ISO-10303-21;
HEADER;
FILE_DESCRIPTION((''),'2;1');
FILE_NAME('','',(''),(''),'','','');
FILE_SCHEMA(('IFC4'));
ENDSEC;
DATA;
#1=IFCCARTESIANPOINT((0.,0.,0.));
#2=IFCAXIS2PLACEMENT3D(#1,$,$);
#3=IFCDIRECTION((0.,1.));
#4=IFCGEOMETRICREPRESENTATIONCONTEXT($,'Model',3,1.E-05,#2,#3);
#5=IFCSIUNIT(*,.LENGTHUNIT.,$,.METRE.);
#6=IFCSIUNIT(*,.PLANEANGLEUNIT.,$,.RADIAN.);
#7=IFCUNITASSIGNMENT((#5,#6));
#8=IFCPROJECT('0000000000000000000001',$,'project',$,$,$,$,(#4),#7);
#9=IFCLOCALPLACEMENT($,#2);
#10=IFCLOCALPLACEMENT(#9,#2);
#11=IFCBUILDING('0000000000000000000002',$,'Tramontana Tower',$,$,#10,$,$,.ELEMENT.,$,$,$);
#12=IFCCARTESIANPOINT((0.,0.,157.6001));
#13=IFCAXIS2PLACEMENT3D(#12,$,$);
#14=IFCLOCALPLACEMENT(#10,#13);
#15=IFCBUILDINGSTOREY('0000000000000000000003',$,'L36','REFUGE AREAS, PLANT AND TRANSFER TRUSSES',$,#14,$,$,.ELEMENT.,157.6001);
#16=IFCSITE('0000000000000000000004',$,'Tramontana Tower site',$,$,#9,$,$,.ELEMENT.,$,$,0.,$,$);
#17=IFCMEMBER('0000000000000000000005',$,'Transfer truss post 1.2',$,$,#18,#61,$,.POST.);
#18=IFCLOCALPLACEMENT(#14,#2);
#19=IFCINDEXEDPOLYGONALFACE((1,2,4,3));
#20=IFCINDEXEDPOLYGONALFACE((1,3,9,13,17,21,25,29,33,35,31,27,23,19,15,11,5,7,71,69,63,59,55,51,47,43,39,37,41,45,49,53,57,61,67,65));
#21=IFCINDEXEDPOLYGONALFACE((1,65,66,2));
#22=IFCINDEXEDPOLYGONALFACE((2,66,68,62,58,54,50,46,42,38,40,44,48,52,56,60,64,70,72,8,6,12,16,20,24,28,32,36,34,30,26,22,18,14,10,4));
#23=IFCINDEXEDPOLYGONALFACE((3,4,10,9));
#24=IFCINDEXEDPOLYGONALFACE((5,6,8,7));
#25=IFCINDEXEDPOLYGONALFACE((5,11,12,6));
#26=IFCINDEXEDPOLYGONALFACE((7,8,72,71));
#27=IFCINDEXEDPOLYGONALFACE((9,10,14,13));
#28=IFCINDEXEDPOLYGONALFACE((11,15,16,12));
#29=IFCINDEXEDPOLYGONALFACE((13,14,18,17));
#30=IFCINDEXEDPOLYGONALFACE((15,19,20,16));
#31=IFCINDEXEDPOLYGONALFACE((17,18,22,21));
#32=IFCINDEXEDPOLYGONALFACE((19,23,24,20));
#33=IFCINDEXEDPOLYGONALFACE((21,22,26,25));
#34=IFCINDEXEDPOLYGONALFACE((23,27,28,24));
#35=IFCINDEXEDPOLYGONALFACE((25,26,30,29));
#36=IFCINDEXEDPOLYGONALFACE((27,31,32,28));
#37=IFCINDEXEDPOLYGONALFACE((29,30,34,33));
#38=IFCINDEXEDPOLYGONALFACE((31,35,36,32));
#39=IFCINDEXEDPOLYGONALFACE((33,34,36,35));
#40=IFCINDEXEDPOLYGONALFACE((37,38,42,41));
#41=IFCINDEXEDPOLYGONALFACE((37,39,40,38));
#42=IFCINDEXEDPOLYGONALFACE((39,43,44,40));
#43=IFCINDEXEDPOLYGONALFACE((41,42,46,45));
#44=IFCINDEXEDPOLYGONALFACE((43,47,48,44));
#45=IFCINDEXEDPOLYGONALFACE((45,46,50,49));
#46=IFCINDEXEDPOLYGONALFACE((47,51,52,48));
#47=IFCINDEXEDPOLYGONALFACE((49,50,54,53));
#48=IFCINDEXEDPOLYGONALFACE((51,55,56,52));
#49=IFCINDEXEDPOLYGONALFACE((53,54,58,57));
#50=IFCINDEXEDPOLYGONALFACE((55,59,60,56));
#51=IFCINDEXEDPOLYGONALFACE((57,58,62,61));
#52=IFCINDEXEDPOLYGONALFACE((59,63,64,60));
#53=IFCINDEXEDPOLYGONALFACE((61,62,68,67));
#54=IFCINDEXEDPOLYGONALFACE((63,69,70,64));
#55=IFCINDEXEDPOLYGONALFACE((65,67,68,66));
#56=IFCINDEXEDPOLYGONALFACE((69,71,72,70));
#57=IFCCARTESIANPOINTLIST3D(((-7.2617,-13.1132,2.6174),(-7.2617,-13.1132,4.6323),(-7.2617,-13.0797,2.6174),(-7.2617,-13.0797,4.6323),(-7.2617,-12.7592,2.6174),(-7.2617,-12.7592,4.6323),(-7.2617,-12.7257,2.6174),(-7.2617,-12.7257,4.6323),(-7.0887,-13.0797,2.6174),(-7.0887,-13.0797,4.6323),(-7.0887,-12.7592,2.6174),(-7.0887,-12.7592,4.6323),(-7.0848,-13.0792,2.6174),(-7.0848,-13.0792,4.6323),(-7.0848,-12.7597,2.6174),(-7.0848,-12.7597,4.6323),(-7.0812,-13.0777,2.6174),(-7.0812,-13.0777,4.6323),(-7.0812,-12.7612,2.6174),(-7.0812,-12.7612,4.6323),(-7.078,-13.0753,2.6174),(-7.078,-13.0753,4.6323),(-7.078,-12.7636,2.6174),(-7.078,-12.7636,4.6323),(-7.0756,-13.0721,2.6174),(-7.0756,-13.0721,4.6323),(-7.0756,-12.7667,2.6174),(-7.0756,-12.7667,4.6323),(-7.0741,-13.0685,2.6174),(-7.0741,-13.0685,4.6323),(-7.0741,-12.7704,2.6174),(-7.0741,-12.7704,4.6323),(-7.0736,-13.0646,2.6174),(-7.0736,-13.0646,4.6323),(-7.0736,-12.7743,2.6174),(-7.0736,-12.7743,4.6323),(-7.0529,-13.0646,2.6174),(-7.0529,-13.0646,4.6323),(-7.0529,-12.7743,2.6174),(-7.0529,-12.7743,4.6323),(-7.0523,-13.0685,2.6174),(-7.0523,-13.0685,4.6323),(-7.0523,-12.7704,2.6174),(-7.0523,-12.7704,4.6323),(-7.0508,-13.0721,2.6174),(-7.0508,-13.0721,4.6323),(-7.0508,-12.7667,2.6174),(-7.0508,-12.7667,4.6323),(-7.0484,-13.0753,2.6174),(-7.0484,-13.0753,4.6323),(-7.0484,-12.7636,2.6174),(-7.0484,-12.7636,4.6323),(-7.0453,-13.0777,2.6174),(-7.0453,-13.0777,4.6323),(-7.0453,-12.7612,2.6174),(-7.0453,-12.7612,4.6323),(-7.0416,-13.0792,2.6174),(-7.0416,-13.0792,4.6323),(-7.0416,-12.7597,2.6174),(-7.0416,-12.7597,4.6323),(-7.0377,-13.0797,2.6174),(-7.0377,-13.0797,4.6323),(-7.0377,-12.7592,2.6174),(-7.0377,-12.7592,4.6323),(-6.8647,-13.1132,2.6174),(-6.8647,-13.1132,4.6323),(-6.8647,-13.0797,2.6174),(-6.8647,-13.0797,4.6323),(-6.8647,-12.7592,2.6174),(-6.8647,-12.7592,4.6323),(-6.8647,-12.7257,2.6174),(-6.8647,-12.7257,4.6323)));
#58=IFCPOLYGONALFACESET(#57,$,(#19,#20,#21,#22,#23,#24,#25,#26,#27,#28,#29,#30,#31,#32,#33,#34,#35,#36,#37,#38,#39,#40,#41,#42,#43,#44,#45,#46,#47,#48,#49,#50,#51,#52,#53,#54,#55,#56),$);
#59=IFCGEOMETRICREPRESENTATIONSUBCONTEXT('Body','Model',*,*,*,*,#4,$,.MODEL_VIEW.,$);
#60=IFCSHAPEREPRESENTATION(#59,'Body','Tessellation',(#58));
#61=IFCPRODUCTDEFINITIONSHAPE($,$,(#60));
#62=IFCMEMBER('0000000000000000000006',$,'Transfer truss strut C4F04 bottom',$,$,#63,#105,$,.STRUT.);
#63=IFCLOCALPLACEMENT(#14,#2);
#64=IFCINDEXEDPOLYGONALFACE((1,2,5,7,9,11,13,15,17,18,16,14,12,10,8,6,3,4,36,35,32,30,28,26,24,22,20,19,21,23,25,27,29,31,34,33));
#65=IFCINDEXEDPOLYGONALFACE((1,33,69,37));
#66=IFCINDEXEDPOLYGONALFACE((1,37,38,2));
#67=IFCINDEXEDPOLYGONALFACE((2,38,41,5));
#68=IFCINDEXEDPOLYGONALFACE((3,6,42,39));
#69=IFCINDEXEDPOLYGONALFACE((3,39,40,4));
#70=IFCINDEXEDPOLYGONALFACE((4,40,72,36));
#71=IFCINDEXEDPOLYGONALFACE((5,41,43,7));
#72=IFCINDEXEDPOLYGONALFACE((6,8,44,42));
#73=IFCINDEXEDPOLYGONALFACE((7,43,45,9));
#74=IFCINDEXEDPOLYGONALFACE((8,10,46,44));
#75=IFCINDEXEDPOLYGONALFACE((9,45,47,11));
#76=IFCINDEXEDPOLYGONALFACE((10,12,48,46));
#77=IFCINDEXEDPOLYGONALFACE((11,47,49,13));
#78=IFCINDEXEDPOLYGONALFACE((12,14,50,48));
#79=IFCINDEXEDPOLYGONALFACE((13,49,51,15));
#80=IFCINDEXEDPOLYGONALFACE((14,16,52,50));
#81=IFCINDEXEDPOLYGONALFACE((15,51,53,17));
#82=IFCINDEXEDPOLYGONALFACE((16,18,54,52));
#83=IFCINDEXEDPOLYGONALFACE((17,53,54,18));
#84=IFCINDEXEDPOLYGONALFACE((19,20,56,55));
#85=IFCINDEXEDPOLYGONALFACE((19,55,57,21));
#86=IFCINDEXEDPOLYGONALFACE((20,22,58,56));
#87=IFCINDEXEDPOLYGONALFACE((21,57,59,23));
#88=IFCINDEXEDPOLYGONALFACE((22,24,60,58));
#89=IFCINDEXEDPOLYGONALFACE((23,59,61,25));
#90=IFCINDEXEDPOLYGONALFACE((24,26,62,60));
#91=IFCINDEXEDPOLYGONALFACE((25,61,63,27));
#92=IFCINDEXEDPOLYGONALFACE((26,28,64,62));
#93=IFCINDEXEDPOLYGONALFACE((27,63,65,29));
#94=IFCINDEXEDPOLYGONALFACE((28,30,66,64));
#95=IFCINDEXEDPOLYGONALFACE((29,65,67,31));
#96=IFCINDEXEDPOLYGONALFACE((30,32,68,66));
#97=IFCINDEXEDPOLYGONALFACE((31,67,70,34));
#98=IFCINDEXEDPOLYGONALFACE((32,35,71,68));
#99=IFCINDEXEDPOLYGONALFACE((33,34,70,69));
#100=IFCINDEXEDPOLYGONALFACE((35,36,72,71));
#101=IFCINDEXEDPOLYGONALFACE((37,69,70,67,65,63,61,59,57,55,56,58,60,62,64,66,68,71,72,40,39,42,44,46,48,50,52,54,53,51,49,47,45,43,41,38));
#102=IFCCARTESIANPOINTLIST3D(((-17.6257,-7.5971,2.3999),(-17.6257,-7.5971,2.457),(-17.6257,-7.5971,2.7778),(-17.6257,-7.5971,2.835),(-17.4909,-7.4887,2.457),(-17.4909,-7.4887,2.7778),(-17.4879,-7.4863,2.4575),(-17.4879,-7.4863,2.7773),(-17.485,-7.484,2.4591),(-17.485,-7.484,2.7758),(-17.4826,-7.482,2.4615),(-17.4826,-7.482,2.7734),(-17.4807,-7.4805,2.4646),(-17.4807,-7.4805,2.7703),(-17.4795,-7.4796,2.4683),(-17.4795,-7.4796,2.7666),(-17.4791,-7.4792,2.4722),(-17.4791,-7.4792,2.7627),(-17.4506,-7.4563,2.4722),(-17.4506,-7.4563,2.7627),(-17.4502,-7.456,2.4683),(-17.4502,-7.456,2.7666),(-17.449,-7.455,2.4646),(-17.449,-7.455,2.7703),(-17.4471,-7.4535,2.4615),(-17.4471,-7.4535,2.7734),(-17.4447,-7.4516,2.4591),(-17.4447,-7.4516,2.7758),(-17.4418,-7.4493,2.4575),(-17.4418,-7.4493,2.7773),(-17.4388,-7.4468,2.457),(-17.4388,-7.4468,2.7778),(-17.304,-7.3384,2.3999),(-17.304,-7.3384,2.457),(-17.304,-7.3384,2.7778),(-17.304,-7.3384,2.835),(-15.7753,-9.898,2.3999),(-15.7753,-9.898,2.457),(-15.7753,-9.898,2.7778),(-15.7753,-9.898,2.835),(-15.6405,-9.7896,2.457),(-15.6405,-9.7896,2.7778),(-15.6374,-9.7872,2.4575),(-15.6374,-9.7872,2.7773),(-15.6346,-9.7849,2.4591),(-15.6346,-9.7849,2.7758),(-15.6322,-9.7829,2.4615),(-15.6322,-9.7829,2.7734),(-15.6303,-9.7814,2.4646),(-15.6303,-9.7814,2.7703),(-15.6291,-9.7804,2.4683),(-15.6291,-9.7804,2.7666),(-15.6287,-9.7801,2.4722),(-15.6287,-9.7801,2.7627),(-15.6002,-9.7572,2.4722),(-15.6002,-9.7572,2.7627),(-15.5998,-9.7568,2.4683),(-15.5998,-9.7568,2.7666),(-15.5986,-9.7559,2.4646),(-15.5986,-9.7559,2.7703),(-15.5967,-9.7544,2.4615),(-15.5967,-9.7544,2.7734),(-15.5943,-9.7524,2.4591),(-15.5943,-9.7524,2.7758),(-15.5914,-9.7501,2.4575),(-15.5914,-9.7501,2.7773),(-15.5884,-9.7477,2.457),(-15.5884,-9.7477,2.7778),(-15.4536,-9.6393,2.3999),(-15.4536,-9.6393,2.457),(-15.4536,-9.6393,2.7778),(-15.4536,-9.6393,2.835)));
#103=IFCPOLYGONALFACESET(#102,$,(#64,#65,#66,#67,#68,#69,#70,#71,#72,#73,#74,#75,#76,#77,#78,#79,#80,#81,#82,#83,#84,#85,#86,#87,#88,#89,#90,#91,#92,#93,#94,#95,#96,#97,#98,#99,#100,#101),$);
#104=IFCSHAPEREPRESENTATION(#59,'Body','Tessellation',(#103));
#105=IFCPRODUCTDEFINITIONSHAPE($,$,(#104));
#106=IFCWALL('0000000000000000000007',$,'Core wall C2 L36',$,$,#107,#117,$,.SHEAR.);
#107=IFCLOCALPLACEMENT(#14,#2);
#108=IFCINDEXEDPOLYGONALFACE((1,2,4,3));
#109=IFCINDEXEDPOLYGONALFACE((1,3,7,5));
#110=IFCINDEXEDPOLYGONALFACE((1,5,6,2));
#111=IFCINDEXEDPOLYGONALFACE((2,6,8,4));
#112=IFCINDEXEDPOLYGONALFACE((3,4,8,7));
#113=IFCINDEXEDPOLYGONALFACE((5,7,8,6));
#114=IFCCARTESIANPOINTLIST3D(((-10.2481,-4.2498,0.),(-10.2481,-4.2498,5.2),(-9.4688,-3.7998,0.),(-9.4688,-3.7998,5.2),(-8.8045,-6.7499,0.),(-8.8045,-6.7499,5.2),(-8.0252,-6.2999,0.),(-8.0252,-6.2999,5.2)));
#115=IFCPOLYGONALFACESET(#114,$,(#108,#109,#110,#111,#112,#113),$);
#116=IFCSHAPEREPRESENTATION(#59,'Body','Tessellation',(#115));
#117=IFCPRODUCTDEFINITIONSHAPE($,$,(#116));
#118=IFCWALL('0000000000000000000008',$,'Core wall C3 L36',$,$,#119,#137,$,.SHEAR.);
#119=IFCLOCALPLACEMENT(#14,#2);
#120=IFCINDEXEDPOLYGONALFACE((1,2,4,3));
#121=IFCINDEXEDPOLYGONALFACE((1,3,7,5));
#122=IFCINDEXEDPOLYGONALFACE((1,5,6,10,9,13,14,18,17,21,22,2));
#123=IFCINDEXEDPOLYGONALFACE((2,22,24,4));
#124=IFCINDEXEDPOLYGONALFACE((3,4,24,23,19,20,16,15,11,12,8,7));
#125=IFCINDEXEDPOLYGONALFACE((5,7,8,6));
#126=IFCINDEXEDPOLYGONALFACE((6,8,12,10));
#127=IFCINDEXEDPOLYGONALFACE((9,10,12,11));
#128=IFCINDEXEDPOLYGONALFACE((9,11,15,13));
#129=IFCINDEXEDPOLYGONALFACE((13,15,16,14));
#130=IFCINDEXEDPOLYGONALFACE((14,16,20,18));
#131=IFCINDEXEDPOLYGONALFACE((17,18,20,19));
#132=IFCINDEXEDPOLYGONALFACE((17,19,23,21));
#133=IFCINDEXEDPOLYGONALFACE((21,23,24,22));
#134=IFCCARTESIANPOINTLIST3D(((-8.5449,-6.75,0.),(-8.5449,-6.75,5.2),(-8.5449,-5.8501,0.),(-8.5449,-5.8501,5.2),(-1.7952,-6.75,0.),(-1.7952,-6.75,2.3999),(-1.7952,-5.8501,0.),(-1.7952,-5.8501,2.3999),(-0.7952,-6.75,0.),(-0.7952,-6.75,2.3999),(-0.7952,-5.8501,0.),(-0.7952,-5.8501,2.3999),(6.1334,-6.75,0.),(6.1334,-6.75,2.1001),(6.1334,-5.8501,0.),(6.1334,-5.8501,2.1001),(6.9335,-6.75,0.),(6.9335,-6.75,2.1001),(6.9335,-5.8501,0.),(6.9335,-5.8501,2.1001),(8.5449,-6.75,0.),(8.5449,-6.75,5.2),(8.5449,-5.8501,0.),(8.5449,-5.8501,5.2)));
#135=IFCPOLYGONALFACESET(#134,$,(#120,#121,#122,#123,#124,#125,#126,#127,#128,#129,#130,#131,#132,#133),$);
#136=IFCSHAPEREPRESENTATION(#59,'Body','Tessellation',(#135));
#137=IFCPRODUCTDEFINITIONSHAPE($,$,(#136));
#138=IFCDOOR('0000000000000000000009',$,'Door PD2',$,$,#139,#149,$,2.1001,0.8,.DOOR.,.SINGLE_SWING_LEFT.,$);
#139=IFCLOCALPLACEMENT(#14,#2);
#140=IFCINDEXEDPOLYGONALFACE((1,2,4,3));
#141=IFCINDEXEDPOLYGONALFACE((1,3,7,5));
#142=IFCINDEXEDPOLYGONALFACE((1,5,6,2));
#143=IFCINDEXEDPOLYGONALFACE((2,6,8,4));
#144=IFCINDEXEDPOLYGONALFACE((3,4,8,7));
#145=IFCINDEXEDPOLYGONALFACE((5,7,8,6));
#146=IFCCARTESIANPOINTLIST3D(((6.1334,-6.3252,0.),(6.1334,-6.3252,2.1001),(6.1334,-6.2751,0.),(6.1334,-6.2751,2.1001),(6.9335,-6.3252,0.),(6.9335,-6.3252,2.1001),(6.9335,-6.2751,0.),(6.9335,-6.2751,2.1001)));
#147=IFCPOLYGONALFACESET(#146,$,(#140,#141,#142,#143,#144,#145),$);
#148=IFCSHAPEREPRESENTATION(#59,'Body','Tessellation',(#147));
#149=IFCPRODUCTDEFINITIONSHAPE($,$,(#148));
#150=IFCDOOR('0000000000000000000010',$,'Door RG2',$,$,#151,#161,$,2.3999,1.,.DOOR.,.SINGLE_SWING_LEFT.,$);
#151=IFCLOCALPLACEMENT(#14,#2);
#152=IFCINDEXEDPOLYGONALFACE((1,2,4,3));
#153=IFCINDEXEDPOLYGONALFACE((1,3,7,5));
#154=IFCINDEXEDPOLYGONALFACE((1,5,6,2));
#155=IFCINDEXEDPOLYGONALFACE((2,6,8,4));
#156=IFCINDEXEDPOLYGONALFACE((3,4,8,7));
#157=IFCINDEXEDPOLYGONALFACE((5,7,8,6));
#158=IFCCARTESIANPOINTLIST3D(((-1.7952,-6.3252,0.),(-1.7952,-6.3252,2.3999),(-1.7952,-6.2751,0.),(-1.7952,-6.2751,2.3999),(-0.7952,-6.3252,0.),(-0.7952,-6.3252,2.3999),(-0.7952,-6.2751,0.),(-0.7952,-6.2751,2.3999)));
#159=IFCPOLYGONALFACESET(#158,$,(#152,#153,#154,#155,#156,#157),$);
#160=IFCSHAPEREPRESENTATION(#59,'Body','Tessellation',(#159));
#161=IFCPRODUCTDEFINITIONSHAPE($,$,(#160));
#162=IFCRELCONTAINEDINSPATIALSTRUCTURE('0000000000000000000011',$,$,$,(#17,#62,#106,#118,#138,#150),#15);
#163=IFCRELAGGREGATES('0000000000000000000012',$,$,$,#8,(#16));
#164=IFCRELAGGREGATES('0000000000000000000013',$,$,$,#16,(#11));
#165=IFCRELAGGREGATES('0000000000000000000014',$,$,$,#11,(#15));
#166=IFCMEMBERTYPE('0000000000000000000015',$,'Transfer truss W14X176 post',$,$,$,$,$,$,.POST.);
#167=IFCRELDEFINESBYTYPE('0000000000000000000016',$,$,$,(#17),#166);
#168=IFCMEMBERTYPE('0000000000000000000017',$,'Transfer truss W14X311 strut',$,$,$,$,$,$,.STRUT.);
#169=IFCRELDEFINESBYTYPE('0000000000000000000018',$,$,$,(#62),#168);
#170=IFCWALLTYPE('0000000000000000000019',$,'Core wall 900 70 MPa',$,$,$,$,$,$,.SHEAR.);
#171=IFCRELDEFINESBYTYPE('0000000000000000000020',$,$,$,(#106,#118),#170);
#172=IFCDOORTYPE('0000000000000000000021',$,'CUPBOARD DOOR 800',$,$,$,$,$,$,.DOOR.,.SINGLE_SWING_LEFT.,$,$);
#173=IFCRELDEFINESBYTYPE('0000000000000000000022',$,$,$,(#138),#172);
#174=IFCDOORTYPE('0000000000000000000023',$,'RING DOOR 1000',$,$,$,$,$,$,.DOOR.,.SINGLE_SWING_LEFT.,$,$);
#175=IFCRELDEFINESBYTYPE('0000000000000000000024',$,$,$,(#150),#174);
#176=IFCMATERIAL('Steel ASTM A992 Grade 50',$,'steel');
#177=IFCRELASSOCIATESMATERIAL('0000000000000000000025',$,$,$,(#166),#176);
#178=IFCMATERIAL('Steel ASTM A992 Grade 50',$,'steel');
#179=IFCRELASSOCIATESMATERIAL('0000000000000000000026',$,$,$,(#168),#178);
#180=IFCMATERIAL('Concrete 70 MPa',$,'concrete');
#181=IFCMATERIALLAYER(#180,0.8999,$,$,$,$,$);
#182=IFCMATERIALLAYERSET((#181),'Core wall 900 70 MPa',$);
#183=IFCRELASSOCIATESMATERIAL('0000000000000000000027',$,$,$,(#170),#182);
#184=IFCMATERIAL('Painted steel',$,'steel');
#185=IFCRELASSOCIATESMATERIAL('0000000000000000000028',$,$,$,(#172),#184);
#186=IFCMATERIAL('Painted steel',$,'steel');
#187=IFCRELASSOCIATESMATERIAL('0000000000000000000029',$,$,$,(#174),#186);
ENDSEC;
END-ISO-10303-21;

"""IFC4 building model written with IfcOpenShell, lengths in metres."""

from ifc_helpers import new_model, si_unit, direction, frame, frame_2d, origin, origin_2d, place, context, subcontext, project, spatial, rectangle, i_section, extrude, material, layer, layer_set, material_profile, profile_set, type_object, element, fill, save


model = new_model("IFC4")

# Units and contexts
model_context = context("Model", 3, precision=1e-05, world=origin(), true_north=direction((0.0, 1.0)))
body_context = subcontext(model_context, "Body", "Model", "MODEL_VIEW")
ifc_project = project(units=[si_unit("LENGTHUNIT", "METRE"), si_unit("PLANEANGLEUNIT", "RADIAN")], contexts=[model_context])

# Site, building, storey
site_placement = place(None, origin())
site = spatial("IfcSite", under=ifc_project, at=site_placement, Name="Tramontana Tower site", CompositionType="ELEMENT", RefElevation=0.0)
building_placement = place(site_placement, origin())
building = spatial("IfcBuilding", under=site, at=building_placement, Name="Tramontana Tower", CompositionType="ELEMENT")
storey_placement = place(building_placement, frame((0.0, 0.0, 157.6001)))
storey = spatial("IfcBuildingStorey", under=building, at=storey_placement, Name="L36", Description="REFUGE AREAS, PLANT AND TRANSFER TRUSSES", CompositionType="ELEMENT", Elevation=157.6001)

# Members
ifc_material_1 = material(Name="Steel ASTM A992 Grade 50", Category="steel")
ifc_material_profile_1 = material_profile(ifc_material_1, i_section(OverallWidth=0.397, OverallDepth=0.3875, WebThickness=0.0208, FlangeThickness=0.0334, FilletRadius=0.0151, at=origin_2d()), Name="W14X176")
ifc_profile_set_1 = profile_set([ifc_material_profile_1], Name="Steel ASTM A992 Grade 50")
member_type_1 = type_object("IfcMemberType", Name="Transfer truss W14X176 post", PredefinedType="POST", material=ifc_profile_set_1)
for number, where, z_axis, x_axis, name in (
    (1, (-7.0632, -12.9194, 2.6174), (0.0, 0.0, 1.0), (1.0, 0.0, 0.0), "Transfer truss post 1.2"),
):
    element("IfcMember", number, at=place(storey_placement, frame(where, z_axis=z_axis, x_axis=x_axis)), inside=storey, type_object=member_type_1, Name=name, PredefinedType="POST", context=body_context, shape_type="SweptSolid", body=[
        extrude(i_section(OverallWidth=0.397, OverallDepth=0.3875, WebThickness=0.0208, FlangeThickness=0.0334, FilletRadius=0.0151, at=origin_2d()), origin(), (0.0, 0.0, 1.0), 2.0149),
    ])
ifc_material_2 = material(Name="Steel ASTM A992 Grade 50", Category="steel")
ifc_material_profile_2 = material_profile(ifc_material_2, i_section(OverallWidth=0.4128, OverallDepth=0.4351, WebThickness=0.0366, FlangeThickness=0.0571, FilletRadius=0.0151, at=origin_2d()), Name="W14X311")
ifc_profile_set_2 = profile_set([ifc_material_profile_2], Name="Steel ASTM A992 Grade 50")
member_type_2 = type_object("IfcMemberType", Name="Transfer truss W14X311 strut", PredefinedType="STRUT", material=ifc_profile_set_2)
member_1_placement = place(storey_placement, frame((-17.4648, -7.4678, 2.6174), z_axis=(0.6267, -0.779261, 0.0), x_axis=(0.779261, 0.6267, 0.0)))
element("IfcMember", 2, at=member_1_placement, inside=storey, type_object=member_type_2, Name="Transfer truss strut C4F04 bottom", PredefinedType="STRUT", context=body_context, shape_type="SweptSolid", body=[
    extrude(i_section(OverallWidth=0.4128, OverallDepth=0.4351, WebThickness=0.0366, FlangeThickness=0.0571, FilletRadius=0.0151, at=origin_2d()), origin(), (0.0, 0.0, 1.0), 2.9526),
])

# Wall
ifc_material_3 = material(Name="Concrete 70 MPa", Category="concrete")
ifc_layer_1 = layer(ifc_material_3, 0.8999)
ifc_layer_set_1 = layer_set([ifc_layer_1], Name="Core wall 900 70 MPa")
wall_type_1 = type_object("IfcWallType", Name="Core wall 900 70 MPa", PredefinedType="SHEAR", material=ifc_layer_set_1)
wall_1_placement = place(storey_placement, frame((-9.8584, -4.0249, 0.0), z_axis=(0.0, 0.0, 1.0), x_axis=(0.500059, -0.865991, 0.0)))
element("IfcWall", 3, at=wall_1_placement, inside=storey, type_object=wall_type_1, Name="Core wall C2 L36", PredefinedType="SHEAR", context=body_context, shape_type="SweptSolid", body=[
    extrude(rectangle(XDim=2.887, YDim=0.8999, at=frame_2d((1.4434, 0.0))), origin(), (0.0, 0.0, 1.0), 5.2),
])

# Wall, openings, doors
wall_2_placement = place(storey_placement, frame((-8.5449, -6.3, 0.0), z_axis=(0.0, 0.0, 1.0), x_axis=(1.0, 0.0, 0.0)))
wall_2 = element("IfcWall", 4, at=wall_2_placement, inside=storey, type_object=wall_type_1, Name="Core wall C3 L36", PredefinedType="SHEAR", context=body_context, shape_type="SweptSolid", body=[
    extrude(rectangle(XDim=17.0898, YDim=0.8999, at=frame_2d((8.5449, 0.0))), origin(), (0.0, 0.0, 1.0), 5.2),
])
opening_1_placement = place(wall_2_placement, frame((6.7498, 0.0, 0.0)))
opening_1 = element("IfcOpeningElement", 5, at=opening_1_placement, cuts=wall_2, PredefinedType="OPENING", context=body_context, shape_type="SweptSolid", body=[
    extrude(rectangle(XDim=1.0, YDim=2.3999, at=frame_2d((0.5, 1.2))), frame((0.0, 0.46, 0.0), z_axis=(0.0, -1.0, 0.0), x_axis=(1.0, 0.0, 0.0)), (0.0, 0.0, 1.0), 0.9199),
])
opening_2_placement = place(wall_2_placement, frame((14.6785, 0.0, 0.0)))
opening_2 = element("IfcOpeningElement", 6, at=opening_2_placement, cuts=wall_2, PredefinedType="OPENING", context=body_context, shape_type="SweptSolid", body=[
    extrude(rectangle(XDim=0.8, YDim=2.1001, at=frame_2d((0.3999, 1.05))), frame((0.0, 0.46, 0.0), z_axis=(0.0, -1.0, 0.0), x_axis=(1.0, 0.0, 0.0)), (0.0, 0.0, 1.0), 0.9199),
])
ifc_material_4 = material(Name="Painted steel", Category="steel")
door_type_1 = type_object("IfcDoorType", Name="CUPBOARD DOOR 800", OperationType="SINGLE_SWING_LEFT", PredefinedType="DOOR", material=ifc_material_4)
door_1_placement = place(opening_2_placement, origin())
door_1 = element("IfcDoor", 7, at=door_1_placement, inside=storey, type_object=door_type_1, Name="Door PD2", OperationType="SINGLE_SWING_LEFT", OverallHeight=2.1001, OverallWidth=0.8, PredefinedType="DOOR", context=body_context, shape_type="SweptSolid", body=[
    extrude(rectangle(XDim=0.8, YDim=2.1001, at=frame_2d((0.3999, 1.05))), frame((0.0, 0.0249, 0.0), z_axis=(0.0, -1.0, 0.0), x_axis=(1.0, 0.0, 0.0)), (0.0, 0.0, 1.0), 0.05),
])
fill(opening_2, door_1)
ifc_material_5 = material(Name="Painted steel", Category="steel")
door_type_2 = type_object("IfcDoorType", Name="RING DOOR 1000", OperationType="SINGLE_SWING_LEFT", PredefinedType="DOOR", material=ifc_material_5)
door_2_placement = place(opening_1_placement, origin())
door_2 = element("IfcDoor", 8, at=door_2_placement, inside=storey, type_object=door_type_2, Name="Door RG2", OperationType="SINGLE_SWING_LEFT", OverallHeight=2.3999, OverallWidth=1.0, PredefinedType="DOOR", context=body_context, shape_type="SweptSolid", body=[
    extrude(rectangle(XDim=1.0, YDim=2.3999, at=frame_2d((0.5, 1.2))), frame((0.0, 0.0249, 0.0), z_axis=(0.0, -1.0, 0.0), x_axis=(1.0, 0.0, 0.0)), (0.0, 0.0, 1.0), 0.05),
])
fill(opening_1, door_2)

save(model, "model.ifc")
